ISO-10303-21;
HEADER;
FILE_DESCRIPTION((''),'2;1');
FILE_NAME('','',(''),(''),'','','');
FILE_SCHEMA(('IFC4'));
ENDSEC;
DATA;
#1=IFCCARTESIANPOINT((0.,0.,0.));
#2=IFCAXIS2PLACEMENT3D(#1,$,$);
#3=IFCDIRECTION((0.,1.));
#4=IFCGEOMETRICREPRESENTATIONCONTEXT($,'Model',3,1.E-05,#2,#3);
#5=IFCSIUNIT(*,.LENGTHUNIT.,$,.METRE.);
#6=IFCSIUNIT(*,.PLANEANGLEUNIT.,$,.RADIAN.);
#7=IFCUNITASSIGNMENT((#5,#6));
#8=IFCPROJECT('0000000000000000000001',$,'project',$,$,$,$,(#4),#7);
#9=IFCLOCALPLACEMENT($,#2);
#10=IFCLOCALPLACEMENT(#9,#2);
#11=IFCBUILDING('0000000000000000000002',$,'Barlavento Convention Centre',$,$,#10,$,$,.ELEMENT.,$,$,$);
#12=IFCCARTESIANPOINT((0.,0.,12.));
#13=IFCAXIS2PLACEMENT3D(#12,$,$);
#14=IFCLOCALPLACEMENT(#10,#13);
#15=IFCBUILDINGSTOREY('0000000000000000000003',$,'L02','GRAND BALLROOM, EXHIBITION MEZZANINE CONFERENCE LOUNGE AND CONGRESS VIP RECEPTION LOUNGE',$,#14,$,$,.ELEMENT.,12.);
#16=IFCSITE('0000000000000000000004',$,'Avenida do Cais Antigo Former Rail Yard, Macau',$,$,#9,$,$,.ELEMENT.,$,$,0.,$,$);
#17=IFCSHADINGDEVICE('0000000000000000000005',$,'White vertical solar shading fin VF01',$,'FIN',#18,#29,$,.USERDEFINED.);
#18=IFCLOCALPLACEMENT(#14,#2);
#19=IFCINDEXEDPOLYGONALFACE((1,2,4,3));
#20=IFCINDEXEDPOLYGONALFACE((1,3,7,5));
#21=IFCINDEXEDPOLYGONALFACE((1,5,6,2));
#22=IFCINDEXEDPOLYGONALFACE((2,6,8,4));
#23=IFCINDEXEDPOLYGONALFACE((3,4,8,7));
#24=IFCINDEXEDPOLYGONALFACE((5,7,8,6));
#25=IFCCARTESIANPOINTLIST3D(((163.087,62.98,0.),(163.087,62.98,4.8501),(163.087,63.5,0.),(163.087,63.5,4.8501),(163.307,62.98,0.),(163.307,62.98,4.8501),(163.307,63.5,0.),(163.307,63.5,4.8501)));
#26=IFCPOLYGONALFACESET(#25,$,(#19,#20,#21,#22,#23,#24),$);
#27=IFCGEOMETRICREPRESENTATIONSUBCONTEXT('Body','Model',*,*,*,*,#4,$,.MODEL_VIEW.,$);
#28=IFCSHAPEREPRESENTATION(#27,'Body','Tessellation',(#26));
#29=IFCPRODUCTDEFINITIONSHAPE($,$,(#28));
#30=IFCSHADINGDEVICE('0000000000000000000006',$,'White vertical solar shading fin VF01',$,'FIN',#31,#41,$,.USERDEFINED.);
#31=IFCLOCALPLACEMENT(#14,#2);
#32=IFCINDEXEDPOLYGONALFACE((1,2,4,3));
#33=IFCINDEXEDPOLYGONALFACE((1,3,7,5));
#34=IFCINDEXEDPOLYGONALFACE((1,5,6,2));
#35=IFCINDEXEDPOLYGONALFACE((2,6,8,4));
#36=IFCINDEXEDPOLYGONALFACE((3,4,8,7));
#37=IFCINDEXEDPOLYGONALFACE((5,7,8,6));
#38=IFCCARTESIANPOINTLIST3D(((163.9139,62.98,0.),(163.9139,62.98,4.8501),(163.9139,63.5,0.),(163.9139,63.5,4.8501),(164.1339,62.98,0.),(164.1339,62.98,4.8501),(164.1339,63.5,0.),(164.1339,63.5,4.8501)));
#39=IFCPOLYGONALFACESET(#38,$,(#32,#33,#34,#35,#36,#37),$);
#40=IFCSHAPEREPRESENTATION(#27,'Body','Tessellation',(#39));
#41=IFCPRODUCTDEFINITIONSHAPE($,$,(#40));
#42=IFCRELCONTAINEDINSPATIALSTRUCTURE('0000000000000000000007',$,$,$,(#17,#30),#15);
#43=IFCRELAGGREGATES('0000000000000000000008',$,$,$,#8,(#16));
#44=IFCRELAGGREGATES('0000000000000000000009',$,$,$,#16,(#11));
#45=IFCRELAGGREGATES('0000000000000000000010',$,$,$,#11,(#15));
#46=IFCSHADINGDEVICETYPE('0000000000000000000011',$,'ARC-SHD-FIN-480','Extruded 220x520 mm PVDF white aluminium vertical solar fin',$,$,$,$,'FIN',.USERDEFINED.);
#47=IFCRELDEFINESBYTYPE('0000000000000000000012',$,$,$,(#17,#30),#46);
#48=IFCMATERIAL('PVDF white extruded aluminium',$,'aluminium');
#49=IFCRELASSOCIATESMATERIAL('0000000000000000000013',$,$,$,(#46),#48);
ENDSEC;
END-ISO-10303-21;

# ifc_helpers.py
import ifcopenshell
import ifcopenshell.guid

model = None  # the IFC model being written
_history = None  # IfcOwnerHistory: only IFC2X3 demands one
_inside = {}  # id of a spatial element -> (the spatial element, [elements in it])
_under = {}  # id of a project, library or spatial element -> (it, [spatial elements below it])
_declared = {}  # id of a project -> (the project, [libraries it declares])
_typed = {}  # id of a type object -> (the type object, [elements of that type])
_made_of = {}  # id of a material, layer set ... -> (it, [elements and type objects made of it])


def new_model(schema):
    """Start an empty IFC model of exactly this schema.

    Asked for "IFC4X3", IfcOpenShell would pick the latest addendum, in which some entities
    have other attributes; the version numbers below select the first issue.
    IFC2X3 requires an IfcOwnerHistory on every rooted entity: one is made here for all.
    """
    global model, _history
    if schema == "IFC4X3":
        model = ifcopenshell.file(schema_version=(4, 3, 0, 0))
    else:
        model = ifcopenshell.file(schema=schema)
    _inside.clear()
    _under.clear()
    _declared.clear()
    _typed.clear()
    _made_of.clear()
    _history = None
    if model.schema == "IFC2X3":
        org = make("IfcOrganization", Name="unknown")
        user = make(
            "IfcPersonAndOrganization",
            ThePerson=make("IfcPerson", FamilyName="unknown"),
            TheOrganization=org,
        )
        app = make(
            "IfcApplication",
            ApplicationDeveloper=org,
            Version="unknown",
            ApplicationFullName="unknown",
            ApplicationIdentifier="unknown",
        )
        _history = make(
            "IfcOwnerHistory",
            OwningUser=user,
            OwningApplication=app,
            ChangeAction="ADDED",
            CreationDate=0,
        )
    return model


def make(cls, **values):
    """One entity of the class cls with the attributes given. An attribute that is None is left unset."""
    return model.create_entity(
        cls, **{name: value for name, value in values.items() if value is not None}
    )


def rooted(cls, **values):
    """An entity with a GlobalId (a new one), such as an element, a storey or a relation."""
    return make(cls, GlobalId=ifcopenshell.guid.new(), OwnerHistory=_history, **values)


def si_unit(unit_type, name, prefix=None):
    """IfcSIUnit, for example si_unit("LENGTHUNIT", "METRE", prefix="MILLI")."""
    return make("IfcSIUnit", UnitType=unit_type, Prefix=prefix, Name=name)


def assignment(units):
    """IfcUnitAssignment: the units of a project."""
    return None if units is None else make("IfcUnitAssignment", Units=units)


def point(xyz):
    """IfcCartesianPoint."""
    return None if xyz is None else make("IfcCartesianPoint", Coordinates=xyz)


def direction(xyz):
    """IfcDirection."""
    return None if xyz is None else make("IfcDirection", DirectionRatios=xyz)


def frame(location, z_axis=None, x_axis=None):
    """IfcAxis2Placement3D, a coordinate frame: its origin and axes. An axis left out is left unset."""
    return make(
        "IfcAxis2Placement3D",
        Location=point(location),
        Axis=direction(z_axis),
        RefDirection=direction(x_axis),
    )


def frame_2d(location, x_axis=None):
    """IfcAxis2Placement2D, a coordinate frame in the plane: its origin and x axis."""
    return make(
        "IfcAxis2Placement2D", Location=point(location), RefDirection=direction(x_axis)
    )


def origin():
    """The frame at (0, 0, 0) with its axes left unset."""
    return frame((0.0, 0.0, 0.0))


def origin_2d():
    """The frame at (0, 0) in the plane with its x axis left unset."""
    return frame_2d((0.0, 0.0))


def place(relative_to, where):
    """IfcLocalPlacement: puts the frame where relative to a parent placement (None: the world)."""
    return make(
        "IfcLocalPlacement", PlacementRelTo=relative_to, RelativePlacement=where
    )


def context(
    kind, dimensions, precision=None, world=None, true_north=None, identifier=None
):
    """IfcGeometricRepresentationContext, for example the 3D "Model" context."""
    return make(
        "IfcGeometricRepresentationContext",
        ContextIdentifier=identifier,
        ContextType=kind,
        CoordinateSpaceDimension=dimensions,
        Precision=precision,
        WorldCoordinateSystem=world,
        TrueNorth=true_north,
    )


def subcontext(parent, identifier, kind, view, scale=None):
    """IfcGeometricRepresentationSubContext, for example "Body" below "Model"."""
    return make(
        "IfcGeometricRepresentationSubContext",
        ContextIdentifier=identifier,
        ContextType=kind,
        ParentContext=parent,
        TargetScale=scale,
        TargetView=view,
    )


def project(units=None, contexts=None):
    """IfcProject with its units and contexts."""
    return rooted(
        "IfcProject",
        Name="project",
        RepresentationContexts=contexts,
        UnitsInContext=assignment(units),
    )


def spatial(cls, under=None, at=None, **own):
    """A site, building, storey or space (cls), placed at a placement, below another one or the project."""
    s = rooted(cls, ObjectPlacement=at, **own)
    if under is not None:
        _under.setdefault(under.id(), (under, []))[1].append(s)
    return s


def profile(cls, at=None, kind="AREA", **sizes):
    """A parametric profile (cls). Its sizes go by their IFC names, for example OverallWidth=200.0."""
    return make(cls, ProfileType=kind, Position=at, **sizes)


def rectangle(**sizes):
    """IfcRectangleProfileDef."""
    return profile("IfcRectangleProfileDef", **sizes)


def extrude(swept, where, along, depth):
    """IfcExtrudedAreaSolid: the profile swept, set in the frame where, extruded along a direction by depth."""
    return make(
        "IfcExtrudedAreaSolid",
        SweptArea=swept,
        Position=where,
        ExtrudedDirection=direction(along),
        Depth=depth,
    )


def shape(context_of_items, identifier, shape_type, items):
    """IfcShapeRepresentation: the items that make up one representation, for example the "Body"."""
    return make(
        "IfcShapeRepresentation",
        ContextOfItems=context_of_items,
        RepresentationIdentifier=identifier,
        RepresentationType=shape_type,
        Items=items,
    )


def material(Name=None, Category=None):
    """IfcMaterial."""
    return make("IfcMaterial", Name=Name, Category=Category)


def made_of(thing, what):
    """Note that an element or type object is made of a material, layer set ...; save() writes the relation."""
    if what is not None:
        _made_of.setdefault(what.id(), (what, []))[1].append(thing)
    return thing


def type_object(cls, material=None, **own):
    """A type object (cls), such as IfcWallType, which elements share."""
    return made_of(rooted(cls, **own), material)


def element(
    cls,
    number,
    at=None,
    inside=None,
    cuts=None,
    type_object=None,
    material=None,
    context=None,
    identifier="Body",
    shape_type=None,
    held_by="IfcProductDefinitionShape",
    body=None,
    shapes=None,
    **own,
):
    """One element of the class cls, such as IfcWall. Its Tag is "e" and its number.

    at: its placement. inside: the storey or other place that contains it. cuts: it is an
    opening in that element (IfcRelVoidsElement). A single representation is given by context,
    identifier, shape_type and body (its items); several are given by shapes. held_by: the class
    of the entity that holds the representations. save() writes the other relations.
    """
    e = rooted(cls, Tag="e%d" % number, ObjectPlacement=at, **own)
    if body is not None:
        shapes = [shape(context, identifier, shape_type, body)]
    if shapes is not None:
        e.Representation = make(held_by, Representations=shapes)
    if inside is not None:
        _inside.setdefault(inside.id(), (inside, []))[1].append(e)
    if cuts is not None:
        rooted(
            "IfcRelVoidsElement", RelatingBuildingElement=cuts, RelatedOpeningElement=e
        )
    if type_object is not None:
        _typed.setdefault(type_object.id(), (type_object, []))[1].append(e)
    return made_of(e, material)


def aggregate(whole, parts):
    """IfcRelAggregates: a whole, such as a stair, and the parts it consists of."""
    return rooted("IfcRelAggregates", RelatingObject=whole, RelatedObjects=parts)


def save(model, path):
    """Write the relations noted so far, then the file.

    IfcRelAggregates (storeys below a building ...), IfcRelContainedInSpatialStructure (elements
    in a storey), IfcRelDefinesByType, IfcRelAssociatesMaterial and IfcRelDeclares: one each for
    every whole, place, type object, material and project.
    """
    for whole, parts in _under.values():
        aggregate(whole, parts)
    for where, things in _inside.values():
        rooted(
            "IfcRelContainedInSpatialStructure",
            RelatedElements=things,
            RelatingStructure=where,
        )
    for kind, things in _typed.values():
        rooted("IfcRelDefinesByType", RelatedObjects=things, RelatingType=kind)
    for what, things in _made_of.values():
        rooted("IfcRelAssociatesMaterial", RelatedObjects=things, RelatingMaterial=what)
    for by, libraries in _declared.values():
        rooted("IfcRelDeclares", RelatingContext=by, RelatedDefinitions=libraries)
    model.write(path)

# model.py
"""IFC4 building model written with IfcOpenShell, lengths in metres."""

from ifc_helpers import new_model, si_unit, direction, frame, origin, origin_2d, place, context, subcontext, project, spatial, rectangle, extrude, material, type_object, element, save


model = new_model("IFC4")

# Units and contexts
model_context = context("Model", 3, precision=1e-05, world=origin(), true_north=direction((0.0, 1.0)))
body_context = subcontext(model_context, "Body", "Model", "MODEL_VIEW")
ifc_project = project(units=[si_unit("LENGTHUNIT", "METRE"), si_unit("PLANEANGLEUNIT", "RADIAN")], contexts=[model_context])

# Site, building, storey
site_placement = place(None, origin())
site = spatial("IfcSite", under=ifc_project, at=site_placement, Name="Avenida do Cais Antigo Former Rail Yard, Macau", CompositionType="ELEMENT", RefElevation=0.0)
building_placement = place(site_placement, origin())
building = spatial("IfcBuilding", under=site, at=building_placement, Name="Barlavento Convention Centre", CompositionType="ELEMENT")
storey_placement = place(building_placement, frame((0.0, 0.0, 12.0)))
storey = spatial("IfcBuildingStorey", under=building, at=storey_placement, Name="L02", Description="GRAND BALLROOM, EXHIBITION MEZZANINE CONFERENCE LOUNGE AND CONGRESS VIP RECEPTION LOUNGE", CompositionType="ELEMENT", Elevation=12.0)

# Shading devices
ifc_material_1 = material(Name="PVDF white extruded aluminium", Category="aluminium")
shading_device_type = type_object("IfcShadingDeviceType", Name="ARC-SHD-FIN-480", Description="Extruded 220x520 mm PVDF white aluminium vertical solar fin", ElementType="FIN", PredefinedType="USERDEFINED", material=ifc_material_1)
for number, where, z_axis, x_axis, name in (
    (1, (163.197, 63.24, 0.0), (0.0, 0.0, 1.0), (1.0, 0.0, 0.0), "White vertical solar shading fin VF01"),
    (2, (164.0239, 63.24, 0.0), (0.0, 0.0, 1.0), (1.0, 0.0, 0.0), "White vertical solar shading fin VF01"),
):
    element("IfcShadingDevice", number, at=place(storey_placement, frame(where, z_axis=z_axis, x_axis=x_axis)), inside=storey, type_object=shading_device_type, Name=name, ObjectType="FIN", PredefinedType="USERDEFINED", context=body_context, shape_type="SweptSolid", body=[
        extrude(rectangle(XDim=0.22, YDim=0.52, at=origin_2d()), origin(), (0.0, 0.0, 1.0), 4.8501),
    ])

save(model, "model.ifc")
